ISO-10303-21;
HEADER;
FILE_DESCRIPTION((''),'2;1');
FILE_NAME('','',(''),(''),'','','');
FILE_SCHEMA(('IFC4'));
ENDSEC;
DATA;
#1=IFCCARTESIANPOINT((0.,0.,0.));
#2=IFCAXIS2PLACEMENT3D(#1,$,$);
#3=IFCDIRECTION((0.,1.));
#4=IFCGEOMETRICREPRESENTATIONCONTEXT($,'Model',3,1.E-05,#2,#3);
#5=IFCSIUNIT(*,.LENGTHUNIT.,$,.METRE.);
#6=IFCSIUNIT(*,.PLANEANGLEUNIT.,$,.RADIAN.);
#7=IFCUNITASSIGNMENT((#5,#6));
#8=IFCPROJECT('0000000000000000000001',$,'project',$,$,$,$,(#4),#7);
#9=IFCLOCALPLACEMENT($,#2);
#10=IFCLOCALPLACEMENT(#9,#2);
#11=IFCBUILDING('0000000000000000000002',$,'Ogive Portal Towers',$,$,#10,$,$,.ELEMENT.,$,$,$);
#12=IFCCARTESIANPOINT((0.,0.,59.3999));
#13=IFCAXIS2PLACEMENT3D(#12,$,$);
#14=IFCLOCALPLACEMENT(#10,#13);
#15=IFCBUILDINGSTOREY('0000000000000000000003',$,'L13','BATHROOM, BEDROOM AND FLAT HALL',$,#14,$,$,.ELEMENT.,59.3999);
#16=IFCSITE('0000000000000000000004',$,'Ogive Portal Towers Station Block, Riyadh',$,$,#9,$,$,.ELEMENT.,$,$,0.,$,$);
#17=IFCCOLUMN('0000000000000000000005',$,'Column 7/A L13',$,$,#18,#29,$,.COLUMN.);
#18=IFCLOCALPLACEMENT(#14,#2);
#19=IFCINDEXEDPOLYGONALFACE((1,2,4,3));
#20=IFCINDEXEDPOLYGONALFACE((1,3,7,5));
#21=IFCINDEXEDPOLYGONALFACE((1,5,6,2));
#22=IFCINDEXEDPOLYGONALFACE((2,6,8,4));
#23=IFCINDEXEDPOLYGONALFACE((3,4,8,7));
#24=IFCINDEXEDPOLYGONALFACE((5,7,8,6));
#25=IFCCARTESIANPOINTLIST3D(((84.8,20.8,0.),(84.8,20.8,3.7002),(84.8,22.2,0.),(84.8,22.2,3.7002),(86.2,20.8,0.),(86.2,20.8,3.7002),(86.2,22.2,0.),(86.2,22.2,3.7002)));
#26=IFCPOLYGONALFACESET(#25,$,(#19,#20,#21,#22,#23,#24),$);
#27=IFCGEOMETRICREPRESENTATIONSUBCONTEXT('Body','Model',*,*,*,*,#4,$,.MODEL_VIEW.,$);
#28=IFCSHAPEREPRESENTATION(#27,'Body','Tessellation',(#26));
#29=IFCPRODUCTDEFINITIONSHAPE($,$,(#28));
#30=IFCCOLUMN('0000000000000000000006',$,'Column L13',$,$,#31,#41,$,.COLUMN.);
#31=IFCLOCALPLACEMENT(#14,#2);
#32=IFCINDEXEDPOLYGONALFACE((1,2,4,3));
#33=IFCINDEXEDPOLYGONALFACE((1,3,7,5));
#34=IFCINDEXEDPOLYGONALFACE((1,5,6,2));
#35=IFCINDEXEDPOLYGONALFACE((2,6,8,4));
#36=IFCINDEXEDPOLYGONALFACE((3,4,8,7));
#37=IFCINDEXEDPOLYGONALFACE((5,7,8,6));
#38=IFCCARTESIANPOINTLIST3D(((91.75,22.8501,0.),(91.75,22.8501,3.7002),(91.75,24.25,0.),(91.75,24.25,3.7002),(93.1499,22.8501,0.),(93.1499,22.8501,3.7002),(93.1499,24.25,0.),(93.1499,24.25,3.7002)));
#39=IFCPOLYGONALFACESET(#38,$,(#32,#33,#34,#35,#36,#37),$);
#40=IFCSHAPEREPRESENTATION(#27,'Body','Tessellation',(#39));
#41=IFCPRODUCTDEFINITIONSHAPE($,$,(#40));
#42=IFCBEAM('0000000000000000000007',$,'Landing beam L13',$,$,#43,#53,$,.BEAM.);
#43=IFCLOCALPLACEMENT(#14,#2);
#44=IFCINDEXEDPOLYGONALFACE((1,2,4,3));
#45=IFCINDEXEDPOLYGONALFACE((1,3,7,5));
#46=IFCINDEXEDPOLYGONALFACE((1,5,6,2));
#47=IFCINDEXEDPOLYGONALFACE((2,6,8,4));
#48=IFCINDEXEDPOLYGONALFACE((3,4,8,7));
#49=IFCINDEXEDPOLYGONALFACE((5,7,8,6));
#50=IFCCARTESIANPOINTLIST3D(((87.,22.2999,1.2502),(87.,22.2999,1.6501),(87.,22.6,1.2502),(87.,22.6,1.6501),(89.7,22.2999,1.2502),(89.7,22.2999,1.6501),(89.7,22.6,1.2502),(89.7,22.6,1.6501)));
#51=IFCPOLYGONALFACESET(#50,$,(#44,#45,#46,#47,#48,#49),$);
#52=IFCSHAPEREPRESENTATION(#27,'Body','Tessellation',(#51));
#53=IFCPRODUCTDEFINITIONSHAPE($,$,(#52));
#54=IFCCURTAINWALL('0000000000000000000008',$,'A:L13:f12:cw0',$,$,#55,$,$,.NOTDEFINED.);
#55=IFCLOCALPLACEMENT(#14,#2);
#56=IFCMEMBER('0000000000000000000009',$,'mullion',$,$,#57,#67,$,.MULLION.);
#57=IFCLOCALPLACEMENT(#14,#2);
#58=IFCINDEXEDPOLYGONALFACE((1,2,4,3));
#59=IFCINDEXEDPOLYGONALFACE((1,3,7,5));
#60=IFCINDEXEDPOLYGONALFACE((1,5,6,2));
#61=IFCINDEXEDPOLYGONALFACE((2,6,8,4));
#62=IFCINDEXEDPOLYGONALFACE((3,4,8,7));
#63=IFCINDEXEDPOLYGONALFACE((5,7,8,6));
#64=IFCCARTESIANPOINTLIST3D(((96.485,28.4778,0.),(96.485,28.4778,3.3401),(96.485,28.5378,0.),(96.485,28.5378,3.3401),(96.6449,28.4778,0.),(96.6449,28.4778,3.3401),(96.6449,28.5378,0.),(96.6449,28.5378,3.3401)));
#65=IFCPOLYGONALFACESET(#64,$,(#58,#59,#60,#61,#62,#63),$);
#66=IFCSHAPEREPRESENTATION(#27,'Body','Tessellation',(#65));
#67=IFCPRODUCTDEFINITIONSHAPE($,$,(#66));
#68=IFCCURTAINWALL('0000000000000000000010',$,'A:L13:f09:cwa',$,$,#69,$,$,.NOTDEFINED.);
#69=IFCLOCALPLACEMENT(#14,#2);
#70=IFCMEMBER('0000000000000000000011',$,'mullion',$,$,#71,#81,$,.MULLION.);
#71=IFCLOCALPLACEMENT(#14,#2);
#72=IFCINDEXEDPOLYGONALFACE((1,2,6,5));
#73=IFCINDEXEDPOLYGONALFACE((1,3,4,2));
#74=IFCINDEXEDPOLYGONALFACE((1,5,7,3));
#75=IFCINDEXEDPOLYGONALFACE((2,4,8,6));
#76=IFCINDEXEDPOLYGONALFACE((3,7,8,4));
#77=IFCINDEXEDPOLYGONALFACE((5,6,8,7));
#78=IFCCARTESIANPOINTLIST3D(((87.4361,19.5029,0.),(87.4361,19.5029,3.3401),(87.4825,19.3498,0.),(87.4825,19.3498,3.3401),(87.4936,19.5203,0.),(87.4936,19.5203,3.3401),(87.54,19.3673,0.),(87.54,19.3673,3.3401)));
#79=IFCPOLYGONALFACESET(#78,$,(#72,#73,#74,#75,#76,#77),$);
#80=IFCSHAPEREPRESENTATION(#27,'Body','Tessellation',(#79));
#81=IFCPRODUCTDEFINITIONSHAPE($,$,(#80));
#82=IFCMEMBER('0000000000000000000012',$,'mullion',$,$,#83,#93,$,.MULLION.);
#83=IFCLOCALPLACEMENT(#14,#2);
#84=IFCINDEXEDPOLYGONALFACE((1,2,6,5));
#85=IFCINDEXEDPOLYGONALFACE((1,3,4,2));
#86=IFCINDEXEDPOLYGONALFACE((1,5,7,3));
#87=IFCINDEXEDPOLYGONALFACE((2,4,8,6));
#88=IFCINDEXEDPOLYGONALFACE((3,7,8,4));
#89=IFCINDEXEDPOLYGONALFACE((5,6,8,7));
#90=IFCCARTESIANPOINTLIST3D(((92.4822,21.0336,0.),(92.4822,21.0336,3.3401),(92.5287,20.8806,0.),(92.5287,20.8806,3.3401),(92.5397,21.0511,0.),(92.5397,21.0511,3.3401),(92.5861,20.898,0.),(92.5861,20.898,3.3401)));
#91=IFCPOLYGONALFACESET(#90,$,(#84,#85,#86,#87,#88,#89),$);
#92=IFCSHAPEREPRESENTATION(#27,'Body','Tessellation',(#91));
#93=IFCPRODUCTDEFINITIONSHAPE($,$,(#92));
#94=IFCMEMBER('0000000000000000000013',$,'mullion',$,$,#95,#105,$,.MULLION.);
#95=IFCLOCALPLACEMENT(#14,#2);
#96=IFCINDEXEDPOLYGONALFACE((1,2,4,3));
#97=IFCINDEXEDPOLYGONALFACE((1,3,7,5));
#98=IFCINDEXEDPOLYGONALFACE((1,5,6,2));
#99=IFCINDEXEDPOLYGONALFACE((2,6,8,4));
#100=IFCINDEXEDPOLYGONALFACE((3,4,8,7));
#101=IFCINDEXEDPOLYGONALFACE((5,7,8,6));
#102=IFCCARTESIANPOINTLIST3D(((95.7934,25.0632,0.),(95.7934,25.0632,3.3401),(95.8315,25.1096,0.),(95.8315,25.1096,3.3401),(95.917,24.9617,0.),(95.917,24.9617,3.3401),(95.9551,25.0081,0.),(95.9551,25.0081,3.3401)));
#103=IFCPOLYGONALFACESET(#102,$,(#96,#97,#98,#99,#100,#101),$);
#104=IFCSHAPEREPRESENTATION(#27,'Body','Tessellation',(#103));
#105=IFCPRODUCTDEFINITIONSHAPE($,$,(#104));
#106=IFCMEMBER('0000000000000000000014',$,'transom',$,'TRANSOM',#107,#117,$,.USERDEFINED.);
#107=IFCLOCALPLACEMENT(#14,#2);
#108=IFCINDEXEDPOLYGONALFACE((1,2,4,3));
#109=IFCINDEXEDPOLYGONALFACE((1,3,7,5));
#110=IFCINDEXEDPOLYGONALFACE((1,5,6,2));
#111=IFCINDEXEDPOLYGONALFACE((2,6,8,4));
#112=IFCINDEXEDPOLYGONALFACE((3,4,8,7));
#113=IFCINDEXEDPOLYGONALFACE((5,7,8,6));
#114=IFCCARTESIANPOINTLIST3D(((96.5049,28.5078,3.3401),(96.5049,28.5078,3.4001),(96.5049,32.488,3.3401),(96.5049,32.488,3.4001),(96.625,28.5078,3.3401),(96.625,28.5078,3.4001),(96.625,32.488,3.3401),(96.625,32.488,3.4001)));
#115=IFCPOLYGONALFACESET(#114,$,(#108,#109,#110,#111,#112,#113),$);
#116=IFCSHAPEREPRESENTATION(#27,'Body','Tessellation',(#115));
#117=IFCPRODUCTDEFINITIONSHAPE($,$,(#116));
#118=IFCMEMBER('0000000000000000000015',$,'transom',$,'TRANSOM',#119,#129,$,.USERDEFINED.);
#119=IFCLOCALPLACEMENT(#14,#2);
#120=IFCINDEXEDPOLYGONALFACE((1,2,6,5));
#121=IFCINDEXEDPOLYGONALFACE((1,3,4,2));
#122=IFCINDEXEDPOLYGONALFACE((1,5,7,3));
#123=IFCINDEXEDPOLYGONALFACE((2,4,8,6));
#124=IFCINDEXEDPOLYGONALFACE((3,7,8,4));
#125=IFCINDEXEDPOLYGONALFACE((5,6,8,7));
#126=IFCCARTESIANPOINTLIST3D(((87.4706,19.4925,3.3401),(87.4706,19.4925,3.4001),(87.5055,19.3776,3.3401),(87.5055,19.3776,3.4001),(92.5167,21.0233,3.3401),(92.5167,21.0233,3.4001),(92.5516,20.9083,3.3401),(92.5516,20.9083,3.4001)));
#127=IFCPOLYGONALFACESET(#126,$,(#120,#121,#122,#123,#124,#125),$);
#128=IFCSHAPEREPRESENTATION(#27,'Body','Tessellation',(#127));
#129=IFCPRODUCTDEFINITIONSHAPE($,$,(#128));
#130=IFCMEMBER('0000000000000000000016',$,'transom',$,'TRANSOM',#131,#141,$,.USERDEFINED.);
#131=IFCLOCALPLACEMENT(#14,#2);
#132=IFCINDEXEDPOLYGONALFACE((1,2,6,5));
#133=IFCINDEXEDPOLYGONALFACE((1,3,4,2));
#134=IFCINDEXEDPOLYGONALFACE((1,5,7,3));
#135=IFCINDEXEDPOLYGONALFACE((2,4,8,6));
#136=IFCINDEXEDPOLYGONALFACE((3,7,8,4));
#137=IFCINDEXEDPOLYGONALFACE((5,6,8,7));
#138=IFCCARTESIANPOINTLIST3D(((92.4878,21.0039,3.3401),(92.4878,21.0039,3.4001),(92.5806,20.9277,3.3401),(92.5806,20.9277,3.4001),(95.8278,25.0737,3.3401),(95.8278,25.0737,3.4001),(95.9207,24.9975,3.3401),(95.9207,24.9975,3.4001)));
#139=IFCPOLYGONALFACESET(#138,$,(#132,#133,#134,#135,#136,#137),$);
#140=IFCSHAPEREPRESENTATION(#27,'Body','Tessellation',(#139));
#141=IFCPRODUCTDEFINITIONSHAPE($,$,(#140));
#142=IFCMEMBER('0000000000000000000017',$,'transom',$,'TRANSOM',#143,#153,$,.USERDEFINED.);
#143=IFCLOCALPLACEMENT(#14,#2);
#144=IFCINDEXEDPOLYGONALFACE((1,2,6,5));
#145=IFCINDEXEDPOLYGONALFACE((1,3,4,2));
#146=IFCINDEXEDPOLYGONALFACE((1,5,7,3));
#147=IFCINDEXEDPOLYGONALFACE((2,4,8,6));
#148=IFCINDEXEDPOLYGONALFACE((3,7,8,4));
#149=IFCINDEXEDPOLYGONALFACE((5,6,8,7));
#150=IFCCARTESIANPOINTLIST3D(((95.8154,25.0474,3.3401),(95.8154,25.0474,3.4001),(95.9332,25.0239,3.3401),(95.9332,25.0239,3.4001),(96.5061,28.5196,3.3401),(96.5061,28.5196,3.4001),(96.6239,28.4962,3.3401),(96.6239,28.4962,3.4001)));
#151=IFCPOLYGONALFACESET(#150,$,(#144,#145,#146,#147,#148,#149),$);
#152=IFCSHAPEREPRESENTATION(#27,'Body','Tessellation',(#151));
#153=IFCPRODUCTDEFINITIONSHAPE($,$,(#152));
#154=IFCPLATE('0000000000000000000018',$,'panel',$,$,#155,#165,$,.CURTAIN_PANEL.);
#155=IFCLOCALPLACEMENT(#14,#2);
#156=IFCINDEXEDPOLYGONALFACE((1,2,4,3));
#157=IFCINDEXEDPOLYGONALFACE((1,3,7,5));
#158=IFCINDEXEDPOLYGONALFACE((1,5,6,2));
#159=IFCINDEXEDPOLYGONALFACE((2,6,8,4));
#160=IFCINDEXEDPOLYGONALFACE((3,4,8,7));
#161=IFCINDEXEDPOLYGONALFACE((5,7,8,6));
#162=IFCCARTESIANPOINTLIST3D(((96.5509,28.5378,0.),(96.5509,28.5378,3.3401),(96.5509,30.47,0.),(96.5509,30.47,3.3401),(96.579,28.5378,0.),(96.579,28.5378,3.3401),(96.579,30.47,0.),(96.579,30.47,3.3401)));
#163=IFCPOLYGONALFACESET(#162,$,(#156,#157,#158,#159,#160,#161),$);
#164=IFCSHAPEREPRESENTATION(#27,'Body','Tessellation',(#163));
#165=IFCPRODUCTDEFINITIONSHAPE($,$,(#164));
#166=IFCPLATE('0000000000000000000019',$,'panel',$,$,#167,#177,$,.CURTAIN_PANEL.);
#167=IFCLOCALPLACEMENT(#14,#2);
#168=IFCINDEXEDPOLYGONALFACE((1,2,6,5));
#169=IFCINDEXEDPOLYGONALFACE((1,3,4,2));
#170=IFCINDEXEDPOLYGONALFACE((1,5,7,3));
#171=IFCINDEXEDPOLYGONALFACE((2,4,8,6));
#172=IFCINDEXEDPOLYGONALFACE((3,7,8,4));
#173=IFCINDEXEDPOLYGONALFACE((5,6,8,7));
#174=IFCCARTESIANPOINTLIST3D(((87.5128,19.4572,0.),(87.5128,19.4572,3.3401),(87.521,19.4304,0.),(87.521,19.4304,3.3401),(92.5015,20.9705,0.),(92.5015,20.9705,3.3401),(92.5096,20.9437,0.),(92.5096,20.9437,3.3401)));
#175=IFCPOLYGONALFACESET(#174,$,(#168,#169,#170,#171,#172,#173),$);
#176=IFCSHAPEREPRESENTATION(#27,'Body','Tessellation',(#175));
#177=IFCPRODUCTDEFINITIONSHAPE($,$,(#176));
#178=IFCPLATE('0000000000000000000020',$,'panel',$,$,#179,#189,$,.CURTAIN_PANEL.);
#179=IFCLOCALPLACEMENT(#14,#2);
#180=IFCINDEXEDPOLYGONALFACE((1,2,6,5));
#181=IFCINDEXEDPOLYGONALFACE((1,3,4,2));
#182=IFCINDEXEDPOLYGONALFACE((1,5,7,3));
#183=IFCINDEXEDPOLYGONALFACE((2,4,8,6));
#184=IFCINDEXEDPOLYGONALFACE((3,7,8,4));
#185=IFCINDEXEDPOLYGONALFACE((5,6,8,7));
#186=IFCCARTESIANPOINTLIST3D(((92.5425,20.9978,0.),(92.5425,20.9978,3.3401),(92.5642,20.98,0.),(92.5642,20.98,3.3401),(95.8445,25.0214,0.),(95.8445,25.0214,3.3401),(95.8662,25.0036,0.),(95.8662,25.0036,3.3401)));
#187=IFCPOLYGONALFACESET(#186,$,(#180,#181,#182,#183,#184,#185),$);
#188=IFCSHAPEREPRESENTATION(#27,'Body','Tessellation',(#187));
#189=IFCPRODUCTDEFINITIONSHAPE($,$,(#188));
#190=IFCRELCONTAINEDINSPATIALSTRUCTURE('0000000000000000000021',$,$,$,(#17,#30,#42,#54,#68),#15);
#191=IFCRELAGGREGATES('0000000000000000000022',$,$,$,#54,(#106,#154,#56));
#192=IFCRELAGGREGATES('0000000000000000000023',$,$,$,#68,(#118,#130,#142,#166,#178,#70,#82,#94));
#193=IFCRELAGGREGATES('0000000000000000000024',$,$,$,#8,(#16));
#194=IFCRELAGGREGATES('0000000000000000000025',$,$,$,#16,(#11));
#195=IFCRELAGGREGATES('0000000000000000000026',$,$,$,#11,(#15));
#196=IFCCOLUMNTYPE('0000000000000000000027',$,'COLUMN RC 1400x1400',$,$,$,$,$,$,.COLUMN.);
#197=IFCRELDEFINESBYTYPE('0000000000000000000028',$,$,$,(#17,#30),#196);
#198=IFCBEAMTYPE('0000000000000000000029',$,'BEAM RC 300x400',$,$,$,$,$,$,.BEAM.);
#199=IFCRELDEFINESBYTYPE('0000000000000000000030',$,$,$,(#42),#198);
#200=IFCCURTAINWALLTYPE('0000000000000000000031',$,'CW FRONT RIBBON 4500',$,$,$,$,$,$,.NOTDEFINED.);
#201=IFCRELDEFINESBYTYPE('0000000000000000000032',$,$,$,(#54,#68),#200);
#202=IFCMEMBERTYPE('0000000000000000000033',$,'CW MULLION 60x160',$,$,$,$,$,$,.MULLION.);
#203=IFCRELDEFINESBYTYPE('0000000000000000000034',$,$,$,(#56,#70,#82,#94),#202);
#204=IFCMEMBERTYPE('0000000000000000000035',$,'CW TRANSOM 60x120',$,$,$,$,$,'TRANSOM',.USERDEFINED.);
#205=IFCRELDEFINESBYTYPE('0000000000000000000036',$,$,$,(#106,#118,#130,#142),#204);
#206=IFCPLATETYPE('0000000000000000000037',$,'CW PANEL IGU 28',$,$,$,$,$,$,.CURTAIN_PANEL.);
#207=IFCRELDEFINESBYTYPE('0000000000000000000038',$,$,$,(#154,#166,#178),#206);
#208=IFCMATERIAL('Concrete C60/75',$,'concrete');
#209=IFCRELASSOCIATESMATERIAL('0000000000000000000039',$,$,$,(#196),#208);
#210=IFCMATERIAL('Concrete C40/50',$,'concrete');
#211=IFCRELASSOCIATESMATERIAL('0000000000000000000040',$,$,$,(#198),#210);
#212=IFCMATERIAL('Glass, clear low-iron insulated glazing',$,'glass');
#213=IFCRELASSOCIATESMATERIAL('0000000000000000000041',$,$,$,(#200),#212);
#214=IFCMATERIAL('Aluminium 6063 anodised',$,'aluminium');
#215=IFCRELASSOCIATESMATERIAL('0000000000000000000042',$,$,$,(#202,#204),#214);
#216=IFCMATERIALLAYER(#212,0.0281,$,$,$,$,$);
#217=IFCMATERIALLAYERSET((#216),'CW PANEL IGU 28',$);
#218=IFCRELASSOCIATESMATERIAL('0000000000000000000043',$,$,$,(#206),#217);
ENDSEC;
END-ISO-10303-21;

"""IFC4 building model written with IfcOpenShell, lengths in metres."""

from ifc_helpers import new_model, si_unit, direction, frame, origin, origin_2d, place, context, subcontext, project, spatial, rectangle, extrude, material, layer, layer_set, material_profile, profile_set, type_object, element, aggregate, save


model = new_model("IFC4")

# Units and contexts
model_context = context("Model", 3, precision=1e-05, world=origin(), true_north=direction((0.0, 1.0)))
body_context = subcontext(model_context, "Body", "Model", "MODEL_VIEW")
ifc_project = project(units=[si_unit("LENGTHUNIT", "METRE"), si_unit("PLANEANGLEUNIT", "RADIAN")], contexts=[model_context])

# Site, building, storey
site_placement = place(None, origin())
site = spatial("IfcSite", under=ifc_project, at=site_placement, Name="Ogive Portal Towers Station Block, Riyadh", CompositionType="ELEMENT", RefElevation=0.0)
building_placement = place(site_placement, origin())
building = spatial("IfcBuilding", under=site, at=building_placement, Name="Ogive Portal Towers", CompositionType="ELEMENT")
storey_placement = place(building_placement, frame((0.0, 0.0, 59.3999)))
storey = spatial("IfcBuildingStorey", under=building, at=storey_placement, Name="L13", Description="BATHROOM, BEDROOM AND FLAT HALL", CompositionType="ELEMENT", Elevation=59.3999)

# Columns
ifc_material_1 = material(Name="Concrete C60/75", Category="concrete")
ifc_material_profile_1 = material_profile(ifc_material_1, rectangle(XDim=1.3999, YDim=1.3999, at=origin_2d()), Name="RC 1400x1400")
ifc_profile_set_1 = profile_set([ifc_material_profile_1], Name="Concrete C60/75")
column_type = type_object("IfcColumnType", Name="COLUMN RC 1400x1400", PredefinedType="COLUMN", material=ifc_profile_set_1)
for number, where, z_axis, x_axis, name in (
    (1, (85.5, 21.5, 0.0), (0.0, 0.0, 1.0), (1.0, 0.0, 0.0), "Column 7/A L13"),
    (2, (92.45, 23.55, 0.0), (0.0, 0.0, 1.0), (1.0, 0.0, 0.0), "Column L13"),
):
    element("IfcColumn", number, at=place(storey_placement, frame(where, z_axis=z_axis, x_axis=x_axis)), inside=storey, type_object=column_type, Name=name, PredefinedType="COLUMN", context=body_context, shape_type="SweptSolid", body=[
        extrude(rectangle(XDim=1.3999, YDim=1.3999, at=origin_2d()), origin(), (0.0, 0.0, 1.0), 3.7002),
    ])

# Beam
ifc_material_2 = material(Name="Concrete C40/50", Category="concrete")
ifc_material_profile_2 = material_profile(ifc_material_2, rectangle(XDim=0.3, YDim=0.3999, at=origin_2d()), Name="RC 300x400")
ifc_profile_set_2 = profile_set([ifc_material_profile_2], Name="Concrete C40/50")
beam_type = type_object("IfcBeamType", Name="BEAM RC 300x400", PredefinedType="BEAM", material=ifc_profile_set_2)
beam_placement = place(storey_placement, frame((87.0, 22.45, 1.4502), z_axis=(1.0, 0.0, 0.0), x_axis=(0.0, 1.0, 0.0)))
element("IfcBeam", 3, at=beam_placement, inside=storey, type_object=beam_type, Name="Landing beam L13", PredefinedType="BEAM", context=body_context, shape_type="SweptSolid", body=[
    extrude(rectangle(XDim=0.3, YDim=0.3999, at=origin_2d()), origin(), (0.0, 0.0, 1.0), 2.7),
])

# Curtain wall, member
ifc_material_3 = material(Name="Glass, clear low-iron insulated glazing", Category="glass")
curtain_wall_type = type_object("IfcCurtainWallType", Name="CW FRONT RIBBON 4500", PredefinedType="NOTDEFINED", material=ifc_material_3)
curtain_wall_1_placement = place(storey_placement, origin())
curtain_wall_1 = element("IfcCurtainWall", 4, at=curtain_wall_1_placement, inside=storey, type_object=curtain_wall_type, Name="A:L13:f12:cw0", PredefinedType="NOTDEFINED")
ifc_material_4 = material(Name="Aluminium 6063 anodised", Category="aluminium")
ifc_material_profile_3 = material_profile(ifc_material_4, rectangle(XDim=0.1599, YDim=0.0601, at=origin_2d()), Name="AL 60x160")
ifc_profile_set_3 = profile_set([ifc_material_profile_3], Name="Aluminium 6063 anodised")
member_type_1 = type_object("IfcMemberType", Name="CW MULLION 60x160", PredefinedType="MULLION", material=ifc_profile_set_3)
member_1_placement = place(storey_placement, frame((96.5649, 28.5078, 0.0), z_axis=(0.0, 0.0, 1.0), x_axis=(-1.0, 0.0, 0.0)))
member_1 = element("IfcMember", 5, at=member_1_placement, type_object=member_type_1, Name="mullion", PredefinedType="MULLION", context=body_context, shape_type="SweptSolid", body=[
    extrude(rectangle(XDim=0.1599, YDim=0.0601, at=origin_2d()), origin(), (0.0, 0.0, 1.0), 3.3401),
])

# Curtain wall, members
curtain_wall_2_placement = place(storey_placement, origin())
curtain_wall_2 = element("IfcCurtainWall", 6, at=curtain_wall_2_placement, inside=storey, type_object=curtain_wall_type, Name="A:L13:f09:cwa", PredefinedType="NOTDEFINED")
member_2_placement = place(storey_placement, frame((87.488, 19.4351, 0.0), z_axis=(0.0, 0.0, 1.0), x_axis=(-0.290285, 0.95694, 0.0)))
member_2 = element("IfcMember", 7, at=member_2_placement, type_object=member_type_1, Name="mullion", PredefinedType="MULLION", context=body_context, shape_type="SweptSolid", body=[
    extrude(rectangle(XDim=0.1599, YDim=0.0601, at=origin_2d()), origin(), (0.0, 0.0, 1.0), 3.3401),
])
member_3_placement = place(storey_placement, frame((92.5342, 20.9658, 0.0), z_axis=(0.0, 0.0, 1.0), x_axis=(-0.290285, 0.95694, 0.0)))
member_3 = element("IfcMember", 8, at=member_3_placement, type_object=member_type_1, Name="mullion", PredefinedType="MULLION", context=body_context, shape_type="SweptSolid", body=[
    extrude(rectangle(XDim=0.1599, YDim=0.0601, at=origin_2d()), origin(), (0.0, 0.0, 1.0), 3.3401),
])
member_4_placement = place(storey_placement, frame((95.8743, 25.0356, 0.0), z_axis=(0.0, 0.0, 1.0), x_axis=(-0.77301, 0.634393, 0.0)))
member_4 = element("IfcMember", 9, at=member_4_placement, type_object=member_type_1, Name="mullion", PredefinedType="MULLION", context=body_context, shape_type="SweptSolid", body=[
    extrude(rectangle(XDim=0.1599, YDim=0.0601, at=origin_2d()), origin(), (0.0, 0.0, 1.0), 3.3401),
])

# Members
ifc_material_profile_4 = material_profile(ifc_material_4, rectangle(XDim=0.1201, YDim=0.0601, at=origin_2d()), Name="AL 120x60")
ifc_profile_set_4 = profile_set([ifc_material_profile_4], Name="Aluminium 6063 anodised")
member_type_2 = type_object("IfcMemberType", Name="CW TRANSOM 60x120", ElementType="TRANSOM", PredefinedType="USERDEFINED", material=ifc_profile_set_4)
member_5_placement = place(storey_placement, frame((96.5649, 28.5078, 3.3701), z_axis=(0.0, 1.0, 0.0), x_axis=(-1.0, 0.0, 0.0)))
member_5 = element("IfcMember", 10, at=member_5_placement, type_object=member_type_2, Name="transom", ObjectType="TRANSOM", PredefinedType="USERDEFINED", context=body_context, shape_type="SweptSolid", body=[
    extrude(rectangle(XDim=0.1201, YDim=0.0601, at=origin_2d()), origin(), (0.0, 0.0, 1.0), 3.9802),
])
member_6_placement = place(storey_placement, frame((87.488, 19.4351, 3.3701), z_axis=(0.956939, 0.29029, 0.0), x_axis=(-0.29029, 0.956939, 0.0)))
member_6 = element("IfcMember", 11, at=member_6_placement, type_object=member_type_2, Name="transom", ObjectType="TRANSOM", PredefinedType="USERDEFINED", context=body_context, shape_type="SweptSolid", body=[
    extrude(rectangle(XDim=0.1201, YDim=0.0601, at=origin_2d()), origin(), (0.0, 0.0, 1.0), 5.2732),
])
member_7_placement = place(storey_placement, frame((92.5342, 20.9658, 3.3701), z_axis=(0.634401, 0.773004, 0.0), x_axis=(-0.773004, 0.634401, 0.0)))
member_7 = element("IfcMember", 12, at=member_7_placement, type_object=member_type_2, Name="transom", ObjectType="TRANSOM", PredefinedType="USERDEFINED", context=body_context, shape_type="SweptSolid", body=[
    extrude(rectangle(XDim=0.1201, YDim=0.0601, at=origin_2d()), origin(), (0.0, 0.0, 1.0), 5.2649),
])
member_8_placement = place(storey_placement, frame((95.8743, 25.0356, 3.3701), z_axis=(0.195095, 0.980784, 0.0), x_axis=(-0.980784, 0.195095, 0.0)))
member_8 = element("IfcMember", 13, at=member_8_placement, type_object=member_type_2, Name="transom", ObjectType="TRANSOM", PredefinedType="USERDEFINED", context=body_context, shape_type="SweptSolid", body=[
    extrude(rectangle(XDim=0.1201, YDim=0.0601, at=origin_2d()), origin(), (0.0, 0.0, 1.0), 3.5403),
])

# Plates
ifc_layer_1 = layer(ifc_material_3, 0.0281)
ifc_layer_set_1 = layer_set([ifc_layer_1], Name="CW PANEL IGU 28")
plate_type = type_object("IfcPlateType", Name="CW PANEL IGU 28", PredefinedType="CURTAIN_PANEL", material=ifc_layer_set_1)
plate_1_placement = place(storey_placement, frame((96.5649, 29.5039, 0.0), z_axis=(0.0, 0.0, 1.0), x_axis=(0.0, 1.0, 0.0)))
plate_1 = element("IfcPlate", 14, at=plate_1_placement, type_object=plate_type, Name="panel", PredefinedType="CURTAIN_PANEL", context=body_context, shape_type="SweptSolid", body=[
    extrude(rectangle(XDim=1.9321, YDim=0.0281, at=origin_2d()), origin(), (0.0, 0.0, 1.0), 3.3401),
])
aggregate(curtain_wall_1, [member_5, plate_1, member_1])
plate_2_placement = place(storey_placement, frame((90.0112, 20.2004, 0.0), z_axis=(0.0, 0.0, 1.0), x_axis=(0.95694, 0.290285, 0.0)))
plate_2 = element("IfcPlate", 15, at=plate_2_placement, type_object=plate_type, Name="panel", PredefinedType="CURTAIN_PANEL", context=body_context, shape_type="SweptSolid", body=[
    extrude(rectangle(XDim=5.2131, YDim=0.0281, at=origin_2d()), origin(), (0.0, 0.0, 1.0), 3.3401),
])
plate_3_placement = place(storey_placement, frame((94.2043, 23.0007, 0.0), z_axis=(0.0, 0.0, 1.0), x_axis=(0.634393, 0.77301, 0.0)))
plate_3 = element("IfcPlate", 16, at=plate_3_placement, type_object=plate_type, Name="panel", PredefinedType="CURTAIN_PANEL", context=body_context, shape_type="SweptSolid", body=[
    extrude(rectangle(XDim=5.2051, YDim=0.0281, at=origin_2d()), origin(), (0.0, 0.0, 1.0), 3.3401),
])
aggregate(curtain_wall_2, [member_6, member_7, member_8, plate_2, plate_3, member_2, member_3, member_4])

save(model, "model.ifc")
